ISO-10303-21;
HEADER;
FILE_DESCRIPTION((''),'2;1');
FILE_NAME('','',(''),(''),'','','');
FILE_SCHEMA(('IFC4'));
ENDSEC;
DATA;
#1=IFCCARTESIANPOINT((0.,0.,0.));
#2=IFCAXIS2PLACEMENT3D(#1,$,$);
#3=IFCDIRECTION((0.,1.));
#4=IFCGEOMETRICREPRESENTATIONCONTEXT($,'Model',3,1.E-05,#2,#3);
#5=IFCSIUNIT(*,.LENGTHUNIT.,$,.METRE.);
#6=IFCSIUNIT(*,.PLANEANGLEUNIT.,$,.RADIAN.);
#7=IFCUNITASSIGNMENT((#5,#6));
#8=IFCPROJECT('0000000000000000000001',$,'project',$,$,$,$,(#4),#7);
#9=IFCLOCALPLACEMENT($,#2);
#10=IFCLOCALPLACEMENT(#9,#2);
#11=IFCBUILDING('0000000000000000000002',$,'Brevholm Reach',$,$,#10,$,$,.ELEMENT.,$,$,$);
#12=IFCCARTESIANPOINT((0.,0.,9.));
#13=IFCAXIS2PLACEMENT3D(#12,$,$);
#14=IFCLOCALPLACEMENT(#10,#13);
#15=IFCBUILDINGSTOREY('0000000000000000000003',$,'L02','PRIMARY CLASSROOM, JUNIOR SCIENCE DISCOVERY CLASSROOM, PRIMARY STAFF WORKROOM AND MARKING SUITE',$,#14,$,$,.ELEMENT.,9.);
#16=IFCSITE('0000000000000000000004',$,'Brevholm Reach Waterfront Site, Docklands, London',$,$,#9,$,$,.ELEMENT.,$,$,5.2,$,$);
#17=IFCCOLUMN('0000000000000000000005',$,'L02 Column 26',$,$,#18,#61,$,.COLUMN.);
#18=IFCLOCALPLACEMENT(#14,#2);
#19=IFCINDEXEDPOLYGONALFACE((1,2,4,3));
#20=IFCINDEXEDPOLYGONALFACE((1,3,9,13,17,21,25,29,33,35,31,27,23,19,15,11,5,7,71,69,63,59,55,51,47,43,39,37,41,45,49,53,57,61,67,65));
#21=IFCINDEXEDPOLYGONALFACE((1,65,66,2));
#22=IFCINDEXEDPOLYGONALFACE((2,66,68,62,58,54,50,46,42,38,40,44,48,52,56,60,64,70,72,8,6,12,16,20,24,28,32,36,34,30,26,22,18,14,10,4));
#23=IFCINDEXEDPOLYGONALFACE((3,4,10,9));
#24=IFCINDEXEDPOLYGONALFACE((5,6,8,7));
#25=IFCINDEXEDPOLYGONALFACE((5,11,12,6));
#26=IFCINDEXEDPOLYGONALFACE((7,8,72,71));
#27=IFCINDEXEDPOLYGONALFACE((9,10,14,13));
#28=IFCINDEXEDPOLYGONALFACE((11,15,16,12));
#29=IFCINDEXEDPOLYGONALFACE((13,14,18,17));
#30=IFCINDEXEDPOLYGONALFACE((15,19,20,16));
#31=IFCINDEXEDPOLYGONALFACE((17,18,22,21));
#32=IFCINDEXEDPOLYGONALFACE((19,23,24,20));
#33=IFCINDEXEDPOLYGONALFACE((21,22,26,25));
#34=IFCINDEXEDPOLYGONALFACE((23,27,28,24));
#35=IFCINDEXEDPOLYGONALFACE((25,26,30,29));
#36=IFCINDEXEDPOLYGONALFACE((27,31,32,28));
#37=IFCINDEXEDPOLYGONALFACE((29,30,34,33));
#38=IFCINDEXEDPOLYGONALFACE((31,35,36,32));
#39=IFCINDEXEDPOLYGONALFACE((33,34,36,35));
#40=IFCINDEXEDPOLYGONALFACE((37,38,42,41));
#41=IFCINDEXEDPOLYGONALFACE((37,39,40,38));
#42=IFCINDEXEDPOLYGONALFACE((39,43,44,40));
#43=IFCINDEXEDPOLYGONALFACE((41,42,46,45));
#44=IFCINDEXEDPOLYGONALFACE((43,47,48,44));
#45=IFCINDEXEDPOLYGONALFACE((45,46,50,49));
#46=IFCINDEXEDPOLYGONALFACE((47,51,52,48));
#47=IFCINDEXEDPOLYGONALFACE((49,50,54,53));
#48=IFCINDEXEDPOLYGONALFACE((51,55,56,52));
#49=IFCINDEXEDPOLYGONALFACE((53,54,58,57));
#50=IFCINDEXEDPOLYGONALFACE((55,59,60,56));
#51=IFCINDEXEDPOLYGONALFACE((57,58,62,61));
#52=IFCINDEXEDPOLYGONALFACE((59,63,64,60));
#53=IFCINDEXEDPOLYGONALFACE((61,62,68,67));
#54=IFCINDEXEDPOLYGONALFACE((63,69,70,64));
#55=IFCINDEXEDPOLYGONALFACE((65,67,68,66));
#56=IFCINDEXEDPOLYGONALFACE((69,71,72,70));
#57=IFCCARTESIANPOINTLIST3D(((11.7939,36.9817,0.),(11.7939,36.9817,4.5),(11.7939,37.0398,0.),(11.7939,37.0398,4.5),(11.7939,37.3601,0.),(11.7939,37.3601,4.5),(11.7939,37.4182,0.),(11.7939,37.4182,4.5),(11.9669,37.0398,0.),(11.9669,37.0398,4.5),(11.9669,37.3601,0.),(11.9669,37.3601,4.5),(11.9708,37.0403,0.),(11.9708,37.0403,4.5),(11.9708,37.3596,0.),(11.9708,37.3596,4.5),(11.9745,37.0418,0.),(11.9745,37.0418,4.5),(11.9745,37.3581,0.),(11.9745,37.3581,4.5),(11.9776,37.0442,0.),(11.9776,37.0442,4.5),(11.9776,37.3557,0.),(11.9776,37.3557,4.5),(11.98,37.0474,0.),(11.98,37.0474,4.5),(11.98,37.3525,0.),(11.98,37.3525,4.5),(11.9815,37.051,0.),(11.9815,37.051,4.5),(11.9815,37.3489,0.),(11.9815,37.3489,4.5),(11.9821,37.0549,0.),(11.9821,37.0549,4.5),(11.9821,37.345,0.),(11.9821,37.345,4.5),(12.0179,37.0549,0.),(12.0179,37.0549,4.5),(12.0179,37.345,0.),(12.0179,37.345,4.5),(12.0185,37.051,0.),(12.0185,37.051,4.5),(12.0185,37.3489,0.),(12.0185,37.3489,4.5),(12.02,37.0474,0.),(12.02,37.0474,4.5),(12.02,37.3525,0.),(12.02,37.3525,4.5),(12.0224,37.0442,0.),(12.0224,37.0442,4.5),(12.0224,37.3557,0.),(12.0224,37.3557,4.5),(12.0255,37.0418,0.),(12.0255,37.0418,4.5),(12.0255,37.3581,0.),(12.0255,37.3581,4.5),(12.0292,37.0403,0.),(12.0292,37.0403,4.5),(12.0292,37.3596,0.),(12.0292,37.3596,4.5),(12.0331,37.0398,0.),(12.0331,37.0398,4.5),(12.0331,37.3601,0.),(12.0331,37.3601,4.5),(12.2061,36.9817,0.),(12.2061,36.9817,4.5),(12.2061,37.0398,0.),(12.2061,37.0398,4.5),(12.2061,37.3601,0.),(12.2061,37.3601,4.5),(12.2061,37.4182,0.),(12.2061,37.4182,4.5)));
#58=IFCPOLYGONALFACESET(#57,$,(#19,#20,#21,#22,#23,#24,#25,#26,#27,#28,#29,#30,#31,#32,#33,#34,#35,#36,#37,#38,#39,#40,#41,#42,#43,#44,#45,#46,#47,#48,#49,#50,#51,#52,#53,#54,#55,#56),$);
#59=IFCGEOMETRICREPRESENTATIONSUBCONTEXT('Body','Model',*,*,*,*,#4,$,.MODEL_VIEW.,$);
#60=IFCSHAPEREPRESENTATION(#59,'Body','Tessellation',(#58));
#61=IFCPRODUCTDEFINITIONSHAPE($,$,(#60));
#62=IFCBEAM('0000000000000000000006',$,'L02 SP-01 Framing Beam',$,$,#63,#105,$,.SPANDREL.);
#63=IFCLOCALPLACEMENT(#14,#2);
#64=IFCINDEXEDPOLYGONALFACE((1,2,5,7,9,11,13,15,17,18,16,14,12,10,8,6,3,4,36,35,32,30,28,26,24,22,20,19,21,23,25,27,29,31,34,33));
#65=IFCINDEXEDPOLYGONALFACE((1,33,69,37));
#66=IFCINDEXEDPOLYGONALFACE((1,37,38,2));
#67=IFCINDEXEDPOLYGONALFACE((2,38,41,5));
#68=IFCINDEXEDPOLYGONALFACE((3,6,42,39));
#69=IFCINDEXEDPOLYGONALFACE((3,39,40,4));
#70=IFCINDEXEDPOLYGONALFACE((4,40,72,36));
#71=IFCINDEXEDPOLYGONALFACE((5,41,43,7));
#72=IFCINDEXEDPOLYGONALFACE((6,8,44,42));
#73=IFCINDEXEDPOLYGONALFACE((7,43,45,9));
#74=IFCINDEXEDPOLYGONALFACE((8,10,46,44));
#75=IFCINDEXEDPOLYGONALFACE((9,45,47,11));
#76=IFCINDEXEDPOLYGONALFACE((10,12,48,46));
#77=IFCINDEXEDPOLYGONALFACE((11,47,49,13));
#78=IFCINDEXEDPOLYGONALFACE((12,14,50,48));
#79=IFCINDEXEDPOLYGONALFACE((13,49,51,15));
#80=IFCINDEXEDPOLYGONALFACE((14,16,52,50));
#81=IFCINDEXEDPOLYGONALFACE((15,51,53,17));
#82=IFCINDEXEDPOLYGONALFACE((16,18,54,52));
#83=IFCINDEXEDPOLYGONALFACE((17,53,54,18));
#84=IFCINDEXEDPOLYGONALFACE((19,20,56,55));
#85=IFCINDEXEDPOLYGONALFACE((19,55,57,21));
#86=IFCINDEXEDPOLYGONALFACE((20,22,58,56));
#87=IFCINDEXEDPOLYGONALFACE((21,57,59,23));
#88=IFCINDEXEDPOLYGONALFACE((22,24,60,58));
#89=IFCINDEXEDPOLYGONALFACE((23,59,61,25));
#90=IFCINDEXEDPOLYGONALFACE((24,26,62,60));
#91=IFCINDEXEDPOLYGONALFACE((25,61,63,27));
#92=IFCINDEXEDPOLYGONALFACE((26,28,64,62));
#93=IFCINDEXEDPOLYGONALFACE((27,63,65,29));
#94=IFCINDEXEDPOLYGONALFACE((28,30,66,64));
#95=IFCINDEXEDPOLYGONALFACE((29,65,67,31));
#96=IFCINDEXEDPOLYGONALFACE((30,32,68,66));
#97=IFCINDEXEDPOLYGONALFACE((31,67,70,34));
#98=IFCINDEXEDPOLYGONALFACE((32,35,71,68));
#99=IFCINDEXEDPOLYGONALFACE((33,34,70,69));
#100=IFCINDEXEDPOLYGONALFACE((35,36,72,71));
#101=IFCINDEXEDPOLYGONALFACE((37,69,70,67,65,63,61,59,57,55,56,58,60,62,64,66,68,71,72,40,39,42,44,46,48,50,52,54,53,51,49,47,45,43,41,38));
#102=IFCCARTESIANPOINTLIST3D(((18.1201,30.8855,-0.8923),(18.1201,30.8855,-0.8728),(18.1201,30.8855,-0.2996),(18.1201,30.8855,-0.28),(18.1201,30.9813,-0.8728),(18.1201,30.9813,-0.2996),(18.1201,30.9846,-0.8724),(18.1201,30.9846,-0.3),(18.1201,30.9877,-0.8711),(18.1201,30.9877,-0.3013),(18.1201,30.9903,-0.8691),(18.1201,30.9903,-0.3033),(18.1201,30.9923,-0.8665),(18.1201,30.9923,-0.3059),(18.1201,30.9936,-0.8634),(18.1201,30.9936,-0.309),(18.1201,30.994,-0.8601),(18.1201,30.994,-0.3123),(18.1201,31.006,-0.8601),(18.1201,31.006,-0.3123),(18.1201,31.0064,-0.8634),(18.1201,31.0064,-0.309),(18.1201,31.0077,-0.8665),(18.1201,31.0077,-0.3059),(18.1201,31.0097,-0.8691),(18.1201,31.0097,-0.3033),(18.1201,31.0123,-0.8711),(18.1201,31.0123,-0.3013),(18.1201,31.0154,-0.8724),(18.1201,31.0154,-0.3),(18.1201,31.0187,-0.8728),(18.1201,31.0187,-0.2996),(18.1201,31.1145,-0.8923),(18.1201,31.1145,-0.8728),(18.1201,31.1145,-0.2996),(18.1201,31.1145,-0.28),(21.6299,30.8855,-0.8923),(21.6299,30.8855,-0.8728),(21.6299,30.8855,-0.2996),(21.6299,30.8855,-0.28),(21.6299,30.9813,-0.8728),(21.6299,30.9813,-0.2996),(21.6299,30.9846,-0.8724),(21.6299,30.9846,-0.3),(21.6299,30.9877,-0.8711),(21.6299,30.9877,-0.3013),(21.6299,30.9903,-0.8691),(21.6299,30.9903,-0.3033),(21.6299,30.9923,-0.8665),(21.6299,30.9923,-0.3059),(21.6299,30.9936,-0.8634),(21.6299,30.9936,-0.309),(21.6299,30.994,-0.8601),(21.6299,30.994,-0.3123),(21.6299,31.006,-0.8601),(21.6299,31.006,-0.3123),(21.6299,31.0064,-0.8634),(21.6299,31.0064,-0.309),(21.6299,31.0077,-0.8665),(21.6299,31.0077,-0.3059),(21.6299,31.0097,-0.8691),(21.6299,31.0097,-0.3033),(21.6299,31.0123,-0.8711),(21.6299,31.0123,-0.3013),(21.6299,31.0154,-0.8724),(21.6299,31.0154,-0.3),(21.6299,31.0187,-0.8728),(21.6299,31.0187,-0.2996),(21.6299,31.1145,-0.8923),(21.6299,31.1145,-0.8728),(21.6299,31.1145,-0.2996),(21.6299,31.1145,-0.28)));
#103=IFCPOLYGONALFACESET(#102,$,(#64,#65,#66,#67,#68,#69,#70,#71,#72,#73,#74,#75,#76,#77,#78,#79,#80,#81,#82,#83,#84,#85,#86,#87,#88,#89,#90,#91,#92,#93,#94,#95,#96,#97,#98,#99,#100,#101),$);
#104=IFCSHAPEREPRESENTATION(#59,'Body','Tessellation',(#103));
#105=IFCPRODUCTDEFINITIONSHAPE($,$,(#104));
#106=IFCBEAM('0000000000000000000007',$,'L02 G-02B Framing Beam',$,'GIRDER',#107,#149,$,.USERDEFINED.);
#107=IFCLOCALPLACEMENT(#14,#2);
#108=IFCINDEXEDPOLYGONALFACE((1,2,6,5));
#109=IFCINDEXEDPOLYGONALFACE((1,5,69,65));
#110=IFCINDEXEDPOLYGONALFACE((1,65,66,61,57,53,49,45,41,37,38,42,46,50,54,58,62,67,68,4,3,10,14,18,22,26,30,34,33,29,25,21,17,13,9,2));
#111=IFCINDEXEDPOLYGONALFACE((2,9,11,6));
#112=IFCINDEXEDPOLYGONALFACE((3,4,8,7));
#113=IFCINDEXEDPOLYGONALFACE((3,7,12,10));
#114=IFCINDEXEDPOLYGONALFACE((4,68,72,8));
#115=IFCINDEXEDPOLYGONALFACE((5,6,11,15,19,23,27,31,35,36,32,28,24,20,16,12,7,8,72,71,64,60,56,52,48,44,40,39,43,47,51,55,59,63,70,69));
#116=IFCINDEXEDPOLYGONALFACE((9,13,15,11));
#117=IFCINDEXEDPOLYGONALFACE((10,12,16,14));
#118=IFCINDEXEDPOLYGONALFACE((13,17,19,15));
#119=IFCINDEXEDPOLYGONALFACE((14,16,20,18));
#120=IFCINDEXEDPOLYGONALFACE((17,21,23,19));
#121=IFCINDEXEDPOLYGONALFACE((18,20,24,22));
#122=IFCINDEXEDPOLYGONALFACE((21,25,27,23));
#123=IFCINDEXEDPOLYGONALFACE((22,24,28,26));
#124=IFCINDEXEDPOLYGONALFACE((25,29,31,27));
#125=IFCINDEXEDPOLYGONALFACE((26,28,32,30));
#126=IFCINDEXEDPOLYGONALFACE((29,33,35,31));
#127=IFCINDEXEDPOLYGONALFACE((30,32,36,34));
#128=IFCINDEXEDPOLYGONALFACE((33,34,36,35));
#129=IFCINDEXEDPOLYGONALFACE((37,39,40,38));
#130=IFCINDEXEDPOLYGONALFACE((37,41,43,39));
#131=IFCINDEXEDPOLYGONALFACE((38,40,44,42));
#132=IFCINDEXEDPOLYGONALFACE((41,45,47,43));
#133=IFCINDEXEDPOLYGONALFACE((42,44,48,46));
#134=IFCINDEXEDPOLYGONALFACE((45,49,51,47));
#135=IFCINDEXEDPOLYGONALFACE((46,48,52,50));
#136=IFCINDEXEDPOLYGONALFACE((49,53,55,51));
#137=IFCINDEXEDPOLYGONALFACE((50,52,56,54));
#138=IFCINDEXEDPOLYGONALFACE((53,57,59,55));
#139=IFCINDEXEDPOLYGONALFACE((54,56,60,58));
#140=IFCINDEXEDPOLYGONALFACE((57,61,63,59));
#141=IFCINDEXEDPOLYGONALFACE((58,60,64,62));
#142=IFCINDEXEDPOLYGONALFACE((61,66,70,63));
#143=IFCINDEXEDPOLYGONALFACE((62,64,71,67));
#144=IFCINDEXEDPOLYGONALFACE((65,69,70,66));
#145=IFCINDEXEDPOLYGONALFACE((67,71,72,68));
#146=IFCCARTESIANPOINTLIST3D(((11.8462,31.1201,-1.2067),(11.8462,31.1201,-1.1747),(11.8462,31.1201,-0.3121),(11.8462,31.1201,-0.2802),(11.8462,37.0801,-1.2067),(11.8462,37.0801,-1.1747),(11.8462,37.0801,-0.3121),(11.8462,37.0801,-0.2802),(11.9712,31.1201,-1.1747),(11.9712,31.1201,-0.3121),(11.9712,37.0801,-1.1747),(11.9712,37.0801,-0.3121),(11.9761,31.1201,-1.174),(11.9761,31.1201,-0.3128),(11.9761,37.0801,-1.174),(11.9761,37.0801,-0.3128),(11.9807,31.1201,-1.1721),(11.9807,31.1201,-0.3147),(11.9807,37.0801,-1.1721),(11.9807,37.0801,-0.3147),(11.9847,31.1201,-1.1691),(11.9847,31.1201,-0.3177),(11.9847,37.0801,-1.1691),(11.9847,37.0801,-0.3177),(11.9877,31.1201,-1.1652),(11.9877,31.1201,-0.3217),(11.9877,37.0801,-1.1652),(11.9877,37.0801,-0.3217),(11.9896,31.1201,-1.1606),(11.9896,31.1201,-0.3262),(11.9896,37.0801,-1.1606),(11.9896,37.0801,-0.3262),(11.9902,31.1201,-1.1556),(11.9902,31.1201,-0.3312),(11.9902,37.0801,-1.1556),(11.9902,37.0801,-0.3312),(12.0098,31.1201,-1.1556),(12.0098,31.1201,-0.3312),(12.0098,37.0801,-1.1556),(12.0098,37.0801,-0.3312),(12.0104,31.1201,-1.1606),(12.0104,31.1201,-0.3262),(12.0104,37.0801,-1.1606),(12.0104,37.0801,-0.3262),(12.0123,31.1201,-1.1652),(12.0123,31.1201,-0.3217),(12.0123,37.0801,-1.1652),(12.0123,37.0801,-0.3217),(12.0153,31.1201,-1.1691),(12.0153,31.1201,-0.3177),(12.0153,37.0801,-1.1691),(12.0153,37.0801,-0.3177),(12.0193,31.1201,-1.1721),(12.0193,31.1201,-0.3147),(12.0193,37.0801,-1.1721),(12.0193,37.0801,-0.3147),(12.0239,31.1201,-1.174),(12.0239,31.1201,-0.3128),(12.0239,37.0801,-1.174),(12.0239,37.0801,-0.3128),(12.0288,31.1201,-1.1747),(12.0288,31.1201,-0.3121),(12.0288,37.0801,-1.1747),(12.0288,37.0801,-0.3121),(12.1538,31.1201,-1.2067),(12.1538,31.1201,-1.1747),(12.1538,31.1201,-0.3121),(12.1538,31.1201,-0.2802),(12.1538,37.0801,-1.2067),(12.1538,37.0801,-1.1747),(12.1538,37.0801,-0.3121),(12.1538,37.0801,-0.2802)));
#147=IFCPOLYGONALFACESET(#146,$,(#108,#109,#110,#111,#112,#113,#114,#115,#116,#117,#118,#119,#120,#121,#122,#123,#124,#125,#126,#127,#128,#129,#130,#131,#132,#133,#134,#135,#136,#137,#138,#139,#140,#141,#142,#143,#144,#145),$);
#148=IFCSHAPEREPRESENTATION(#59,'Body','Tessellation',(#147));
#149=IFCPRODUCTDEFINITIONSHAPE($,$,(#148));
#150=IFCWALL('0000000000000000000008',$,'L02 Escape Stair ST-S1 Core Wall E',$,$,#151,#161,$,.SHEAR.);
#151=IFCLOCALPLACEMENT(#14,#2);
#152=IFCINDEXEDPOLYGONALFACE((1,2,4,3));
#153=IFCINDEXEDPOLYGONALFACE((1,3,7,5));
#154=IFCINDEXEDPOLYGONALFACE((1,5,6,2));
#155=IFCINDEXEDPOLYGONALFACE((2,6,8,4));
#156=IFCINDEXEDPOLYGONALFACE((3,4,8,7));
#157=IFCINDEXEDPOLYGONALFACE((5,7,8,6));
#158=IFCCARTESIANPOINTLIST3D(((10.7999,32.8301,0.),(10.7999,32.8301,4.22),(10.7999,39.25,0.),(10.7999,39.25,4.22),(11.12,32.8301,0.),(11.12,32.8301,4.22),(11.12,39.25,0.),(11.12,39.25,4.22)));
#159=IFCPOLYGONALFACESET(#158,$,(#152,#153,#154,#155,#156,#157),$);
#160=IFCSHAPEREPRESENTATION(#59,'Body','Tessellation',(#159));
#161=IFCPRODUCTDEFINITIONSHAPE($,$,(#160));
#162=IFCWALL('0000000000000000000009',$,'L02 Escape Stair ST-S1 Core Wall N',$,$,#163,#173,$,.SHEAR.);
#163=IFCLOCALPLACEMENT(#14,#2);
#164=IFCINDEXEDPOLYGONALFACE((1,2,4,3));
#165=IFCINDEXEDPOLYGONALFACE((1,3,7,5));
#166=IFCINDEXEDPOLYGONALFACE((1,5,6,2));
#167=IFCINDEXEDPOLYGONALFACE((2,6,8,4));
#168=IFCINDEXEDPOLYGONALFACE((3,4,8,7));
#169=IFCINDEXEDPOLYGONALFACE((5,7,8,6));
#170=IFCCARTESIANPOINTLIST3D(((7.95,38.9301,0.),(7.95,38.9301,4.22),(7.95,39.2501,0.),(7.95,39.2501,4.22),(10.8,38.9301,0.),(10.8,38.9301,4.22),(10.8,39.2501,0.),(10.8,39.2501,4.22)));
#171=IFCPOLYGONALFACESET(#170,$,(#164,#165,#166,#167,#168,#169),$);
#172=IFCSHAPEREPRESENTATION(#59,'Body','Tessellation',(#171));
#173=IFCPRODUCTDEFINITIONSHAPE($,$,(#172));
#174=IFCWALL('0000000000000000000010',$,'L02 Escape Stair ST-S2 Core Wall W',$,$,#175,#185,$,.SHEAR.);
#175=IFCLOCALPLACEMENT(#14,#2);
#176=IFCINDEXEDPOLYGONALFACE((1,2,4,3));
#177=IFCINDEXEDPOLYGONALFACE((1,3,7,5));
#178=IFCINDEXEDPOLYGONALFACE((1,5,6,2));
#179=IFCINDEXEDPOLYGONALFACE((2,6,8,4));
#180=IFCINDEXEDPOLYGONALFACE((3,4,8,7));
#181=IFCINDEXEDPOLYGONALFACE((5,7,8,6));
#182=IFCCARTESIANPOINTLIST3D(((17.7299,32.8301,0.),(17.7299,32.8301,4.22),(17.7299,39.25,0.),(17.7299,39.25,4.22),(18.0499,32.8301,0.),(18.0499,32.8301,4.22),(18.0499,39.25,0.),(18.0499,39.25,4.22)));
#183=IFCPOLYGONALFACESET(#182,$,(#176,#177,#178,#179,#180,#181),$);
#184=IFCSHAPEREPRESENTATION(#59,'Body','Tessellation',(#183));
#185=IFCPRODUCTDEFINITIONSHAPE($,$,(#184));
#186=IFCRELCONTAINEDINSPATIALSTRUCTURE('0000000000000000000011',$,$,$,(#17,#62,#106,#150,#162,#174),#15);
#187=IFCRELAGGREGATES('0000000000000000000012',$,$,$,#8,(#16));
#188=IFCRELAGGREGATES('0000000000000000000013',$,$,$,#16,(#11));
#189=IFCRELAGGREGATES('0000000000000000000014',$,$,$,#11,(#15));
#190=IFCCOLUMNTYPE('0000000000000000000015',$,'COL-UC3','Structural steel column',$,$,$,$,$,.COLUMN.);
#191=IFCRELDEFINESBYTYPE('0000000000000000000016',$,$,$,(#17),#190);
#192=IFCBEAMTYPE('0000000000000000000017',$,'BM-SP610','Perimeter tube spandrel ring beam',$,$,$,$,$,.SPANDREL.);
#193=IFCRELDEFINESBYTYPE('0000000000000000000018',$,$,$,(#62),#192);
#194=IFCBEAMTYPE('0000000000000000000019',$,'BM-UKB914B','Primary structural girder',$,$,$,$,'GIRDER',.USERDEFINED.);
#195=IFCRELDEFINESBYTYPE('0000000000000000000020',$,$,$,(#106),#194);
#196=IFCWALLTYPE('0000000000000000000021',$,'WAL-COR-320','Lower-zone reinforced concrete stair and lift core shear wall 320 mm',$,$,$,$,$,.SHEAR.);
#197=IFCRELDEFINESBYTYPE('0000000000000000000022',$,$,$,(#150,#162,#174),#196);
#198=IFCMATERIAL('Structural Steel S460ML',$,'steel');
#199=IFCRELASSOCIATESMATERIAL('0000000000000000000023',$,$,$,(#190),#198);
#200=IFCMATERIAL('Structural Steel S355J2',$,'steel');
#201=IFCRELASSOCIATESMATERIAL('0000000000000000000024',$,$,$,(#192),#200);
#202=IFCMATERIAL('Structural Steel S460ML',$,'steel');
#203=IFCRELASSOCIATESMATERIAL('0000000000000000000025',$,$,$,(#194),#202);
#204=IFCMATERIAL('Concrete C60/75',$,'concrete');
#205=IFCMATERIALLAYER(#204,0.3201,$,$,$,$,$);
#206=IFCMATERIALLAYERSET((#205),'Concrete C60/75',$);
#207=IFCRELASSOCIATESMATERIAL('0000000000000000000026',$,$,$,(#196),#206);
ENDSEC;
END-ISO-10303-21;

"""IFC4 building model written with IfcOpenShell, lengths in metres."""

from ifc_helpers import new_model, si_unit, direction, frame, frame_2d, origin, origin_2d, place, context, subcontext, project, spatial, rectangle, i_section, extrude, material, layer, layer_set, material_profile, profile_set, type_object, element, save


model = new_model("IFC4")

# Units and contexts
model_context = context("Model", 3, precision=1e-05, world=origin(), true_north=direction((0.0, 1.0)))
body_context = subcontext(model_context, "Body", "Model", "MODEL_VIEW")
ifc_project = project(units=[si_unit("LENGTHUNIT", "METRE"), si_unit("PLANEANGLEUNIT", "RADIAN")], contexts=[model_context])

# Site, building, storey
site_placement = place(None, origin())
site = spatial("IfcSite", under=ifc_project, at=site_placement, Name="Brevholm Reach Waterfront Site, Docklands, London", CompositionType="ELEMENT", RefElevation=5.2)
building_placement = place(site_placement, origin())
building = spatial("IfcBuilding", under=site, at=building_placement, Name="Brevholm Reach", CompositionType="ELEMENT")
storey_placement = place(building_placement, frame((0.0, 0.0, 9.0)))
storey = spatial("IfcBuildingStorey", under=building, at=storey_placement, Name="L02", Description="PRIMARY CLASSROOM, JUNIOR SCIENCE DISCOVERY CLASSROOM, PRIMARY STAFF WORKROOM AND MARKING SUITE", CompositionType="ELEMENT", Elevation=9.0)

# Column
ifc_material_1 = material(Name="Structural Steel S460ML", Category="steel")
ifc_material_profile_1 = material_profile(ifc_material_1, i_section(OverallWidth=0.4121, OverallDepth=0.4365, WebThickness=0.0359, FlangeThickness=0.0581, FilletRadius=0.0151, at=origin_2d()), Name="UKC 356x406x467")
ifc_profile_set_1 = profile_set([ifc_material_profile_1], Name="Structural Steel S460ML")
column_type = type_object("IfcColumnType", Name="COL-UC3", Description="Structural steel column", PredefinedType="COLUMN", material=ifc_profile_set_1)
column_placement = place(storey_placement, frame((12.0, 37.2, 0.0), z_axis=(0.0, 0.0, 1.0), x_axis=(1.0, 0.0, 0.0)))
element("IfcColumn", 1, at=column_placement, inside=storey, type_object=column_type, Name="L02 Column 26", PredefinedType="COLUMN", context=body_context, shape_type="SweptSolid", body=[
    extrude(i_section(OverallWidth=0.4121, OverallDepth=0.4365, WebThickness=0.0359, FlangeThickness=0.0581, FilletRadius=0.0151, at=origin_2d()), origin(), (0.0, 0.0, 1.0), 4.5),
])

# Beams
ifc_material_2 = material(Name="Structural Steel S355J2", Category="steel")
ifc_material_profile_2 = material_profile(ifc_material_2, i_section(OverallWidth=0.229, OverallDepth=0.6123, WebThickness=0.012, FlangeThickness=0.0195, FilletRadius=0.0127, at=origin_2d()), Name="UKB 610x229x125")
ifc_profile_set_2 = profile_set([ifc_material_profile_2], Name="Structural Steel S355J2")
beam_type_1 = type_object("IfcBeamType", Name="BM-SP610", Description="Perimeter tube spandrel ring beam", PredefinedType="SPANDREL", material=ifc_profile_set_2)
beam_1_placement = place(storey_placement, frame((18.1201, 31.0, -0.5862), z_axis=(1.0, 0.0, 0.0), x_axis=(0.0, 1.0, 0.0)))
element("IfcBeam", 2, at=beam_1_placement, inside=storey, type_object=beam_type_1, Name="L02 SP-01 Framing Beam", PredefinedType="SPANDREL", context=body_context, shape_type="SweptSolid", body=[
    extrude(i_section(OverallWidth=0.229, OverallDepth=0.6123, WebThickness=0.012, FlangeThickness=0.0195, FilletRadius=0.0127, at=origin_2d()), origin(), (0.0, 0.0, 1.0), 3.5098),
])
ifc_material_3 = material(Name="Structural Steel S460ML", Category="steel")
ifc_material_profile_3 = material_profile(ifc_material_3, i_section(OverallWidth=0.3076, OverallDepth=0.9265, WebThickness=0.0195, FlangeThickness=0.032, FilletRadius=0.019, at=origin_2d()), Name="UKB 914x305x289")
ifc_profile_set_3 = profile_set([ifc_material_profile_3], Name="Structural Steel S460ML")
beam_type_2 = type_object("IfcBeamType", Name="BM-UKB914B", Description="Primary structural girder", ElementType="GIRDER", PredefinedType="USERDEFINED", material=ifc_profile_set_3)
beam_2_placement = place(storey_placement, frame((12.0, 31.1201, -0.7434), z_axis=(0.0, 1.0, 0.0), x_axis=(-1.0, 0.0, 0.0)))
element("IfcBeam", 3, at=beam_2_placement, inside=storey, type_object=beam_type_2, Name="L02 G-02B Framing Beam", ObjectType="GIRDER", PredefinedType="USERDEFINED", context=body_context, shape_type="SweptSolid", body=[
    extrude(i_section(OverallWidth=0.3076, OverallDepth=0.9265, WebThickness=0.0195, FlangeThickness=0.032, FilletRadius=0.019, at=origin_2d()), origin(), (0.0, 0.0, 1.0), 5.96),
])

# Walls
ifc_material_4 = material(Name="Concrete C60/75", Category="concrete")
ifc_layer_1 = layer(ifc_material_4, 0.3201)
ifc_layer_set_1 = layer_set([ifc_layer_1], Name="Concrete C60/75")
wall_type_1 = type_object("IfcWallType", Name="WAL-COR-320", Description="Lower-zone reinforced concrete stair and lift core shear wall 320 mm", PredefinedType="SHEAR", material=ifc_layer_set_1)
wall_1_placement = place(storey_placement, frame((10.96, 32.8301, 0.0), z_axis=(0.0, 0.0, 1.0), x_axis=(0.0, 1.0, 0.0)))
element("IfcWall", 4, at=wall_1_placement, inside=storey, type_object=wall_type_1, Name="L02 Escape Stair ST-S1 Core Wall E", PredefinedType="SHEAR", context=body_context, shape_type="SweptSolid", body=[
    extrude(rectangle(XDim=6.4199, YDim=0.3201, at=frame_2d((3.21, 0.0))), origin(), (0.0, 0.0, 1.0), 4.22),
])
wall_2_placement = place(storey_placement, frame((10.8, 39.0901, 0.0), z_axis=(0.0, 0.0, 1.0), x_axis=(-1.0, 0.0, 0.0)))
element("IfcWall", 5, at=wall_2_placement, inside=storey, type_object=wall_type_1, Name="L02 Escape Stair ST-S1 Core Wall N", PredefinedType="SHEAR", context=body_context, shape_type="SweptSolid", body=[
    extrude(rectangle(XDim=2.8501, YDim=0.3201, at=frame_2d((1.425, 0.0))), origin(), (0.0, 0.0, 1.0), 4.22),
])
wall_3_placement = place(storey_placement, frame((17.8899, 32.8301, 0.0), z_axis=(0.0, 0.0, 1.0), x_axis=(0.0, 1.0, 0.0)))
element("IfcWall", 6, at=wall_3_placement, inside=storey, type_object=wall_type_1, Name="L02 Escape Stair ST-S2 Core Wall W", PredefinedType="SHEAR", context=body_context, shape_type="SweptSolid", body=[
    extrude(rectangle(XDim=6.4199, YDim=0.3201, at=frame_2d((3.21, 0.0))), origin(), (0.0, 0.0, 1.0), 4.22),
])

save(model, "model.ifc")
